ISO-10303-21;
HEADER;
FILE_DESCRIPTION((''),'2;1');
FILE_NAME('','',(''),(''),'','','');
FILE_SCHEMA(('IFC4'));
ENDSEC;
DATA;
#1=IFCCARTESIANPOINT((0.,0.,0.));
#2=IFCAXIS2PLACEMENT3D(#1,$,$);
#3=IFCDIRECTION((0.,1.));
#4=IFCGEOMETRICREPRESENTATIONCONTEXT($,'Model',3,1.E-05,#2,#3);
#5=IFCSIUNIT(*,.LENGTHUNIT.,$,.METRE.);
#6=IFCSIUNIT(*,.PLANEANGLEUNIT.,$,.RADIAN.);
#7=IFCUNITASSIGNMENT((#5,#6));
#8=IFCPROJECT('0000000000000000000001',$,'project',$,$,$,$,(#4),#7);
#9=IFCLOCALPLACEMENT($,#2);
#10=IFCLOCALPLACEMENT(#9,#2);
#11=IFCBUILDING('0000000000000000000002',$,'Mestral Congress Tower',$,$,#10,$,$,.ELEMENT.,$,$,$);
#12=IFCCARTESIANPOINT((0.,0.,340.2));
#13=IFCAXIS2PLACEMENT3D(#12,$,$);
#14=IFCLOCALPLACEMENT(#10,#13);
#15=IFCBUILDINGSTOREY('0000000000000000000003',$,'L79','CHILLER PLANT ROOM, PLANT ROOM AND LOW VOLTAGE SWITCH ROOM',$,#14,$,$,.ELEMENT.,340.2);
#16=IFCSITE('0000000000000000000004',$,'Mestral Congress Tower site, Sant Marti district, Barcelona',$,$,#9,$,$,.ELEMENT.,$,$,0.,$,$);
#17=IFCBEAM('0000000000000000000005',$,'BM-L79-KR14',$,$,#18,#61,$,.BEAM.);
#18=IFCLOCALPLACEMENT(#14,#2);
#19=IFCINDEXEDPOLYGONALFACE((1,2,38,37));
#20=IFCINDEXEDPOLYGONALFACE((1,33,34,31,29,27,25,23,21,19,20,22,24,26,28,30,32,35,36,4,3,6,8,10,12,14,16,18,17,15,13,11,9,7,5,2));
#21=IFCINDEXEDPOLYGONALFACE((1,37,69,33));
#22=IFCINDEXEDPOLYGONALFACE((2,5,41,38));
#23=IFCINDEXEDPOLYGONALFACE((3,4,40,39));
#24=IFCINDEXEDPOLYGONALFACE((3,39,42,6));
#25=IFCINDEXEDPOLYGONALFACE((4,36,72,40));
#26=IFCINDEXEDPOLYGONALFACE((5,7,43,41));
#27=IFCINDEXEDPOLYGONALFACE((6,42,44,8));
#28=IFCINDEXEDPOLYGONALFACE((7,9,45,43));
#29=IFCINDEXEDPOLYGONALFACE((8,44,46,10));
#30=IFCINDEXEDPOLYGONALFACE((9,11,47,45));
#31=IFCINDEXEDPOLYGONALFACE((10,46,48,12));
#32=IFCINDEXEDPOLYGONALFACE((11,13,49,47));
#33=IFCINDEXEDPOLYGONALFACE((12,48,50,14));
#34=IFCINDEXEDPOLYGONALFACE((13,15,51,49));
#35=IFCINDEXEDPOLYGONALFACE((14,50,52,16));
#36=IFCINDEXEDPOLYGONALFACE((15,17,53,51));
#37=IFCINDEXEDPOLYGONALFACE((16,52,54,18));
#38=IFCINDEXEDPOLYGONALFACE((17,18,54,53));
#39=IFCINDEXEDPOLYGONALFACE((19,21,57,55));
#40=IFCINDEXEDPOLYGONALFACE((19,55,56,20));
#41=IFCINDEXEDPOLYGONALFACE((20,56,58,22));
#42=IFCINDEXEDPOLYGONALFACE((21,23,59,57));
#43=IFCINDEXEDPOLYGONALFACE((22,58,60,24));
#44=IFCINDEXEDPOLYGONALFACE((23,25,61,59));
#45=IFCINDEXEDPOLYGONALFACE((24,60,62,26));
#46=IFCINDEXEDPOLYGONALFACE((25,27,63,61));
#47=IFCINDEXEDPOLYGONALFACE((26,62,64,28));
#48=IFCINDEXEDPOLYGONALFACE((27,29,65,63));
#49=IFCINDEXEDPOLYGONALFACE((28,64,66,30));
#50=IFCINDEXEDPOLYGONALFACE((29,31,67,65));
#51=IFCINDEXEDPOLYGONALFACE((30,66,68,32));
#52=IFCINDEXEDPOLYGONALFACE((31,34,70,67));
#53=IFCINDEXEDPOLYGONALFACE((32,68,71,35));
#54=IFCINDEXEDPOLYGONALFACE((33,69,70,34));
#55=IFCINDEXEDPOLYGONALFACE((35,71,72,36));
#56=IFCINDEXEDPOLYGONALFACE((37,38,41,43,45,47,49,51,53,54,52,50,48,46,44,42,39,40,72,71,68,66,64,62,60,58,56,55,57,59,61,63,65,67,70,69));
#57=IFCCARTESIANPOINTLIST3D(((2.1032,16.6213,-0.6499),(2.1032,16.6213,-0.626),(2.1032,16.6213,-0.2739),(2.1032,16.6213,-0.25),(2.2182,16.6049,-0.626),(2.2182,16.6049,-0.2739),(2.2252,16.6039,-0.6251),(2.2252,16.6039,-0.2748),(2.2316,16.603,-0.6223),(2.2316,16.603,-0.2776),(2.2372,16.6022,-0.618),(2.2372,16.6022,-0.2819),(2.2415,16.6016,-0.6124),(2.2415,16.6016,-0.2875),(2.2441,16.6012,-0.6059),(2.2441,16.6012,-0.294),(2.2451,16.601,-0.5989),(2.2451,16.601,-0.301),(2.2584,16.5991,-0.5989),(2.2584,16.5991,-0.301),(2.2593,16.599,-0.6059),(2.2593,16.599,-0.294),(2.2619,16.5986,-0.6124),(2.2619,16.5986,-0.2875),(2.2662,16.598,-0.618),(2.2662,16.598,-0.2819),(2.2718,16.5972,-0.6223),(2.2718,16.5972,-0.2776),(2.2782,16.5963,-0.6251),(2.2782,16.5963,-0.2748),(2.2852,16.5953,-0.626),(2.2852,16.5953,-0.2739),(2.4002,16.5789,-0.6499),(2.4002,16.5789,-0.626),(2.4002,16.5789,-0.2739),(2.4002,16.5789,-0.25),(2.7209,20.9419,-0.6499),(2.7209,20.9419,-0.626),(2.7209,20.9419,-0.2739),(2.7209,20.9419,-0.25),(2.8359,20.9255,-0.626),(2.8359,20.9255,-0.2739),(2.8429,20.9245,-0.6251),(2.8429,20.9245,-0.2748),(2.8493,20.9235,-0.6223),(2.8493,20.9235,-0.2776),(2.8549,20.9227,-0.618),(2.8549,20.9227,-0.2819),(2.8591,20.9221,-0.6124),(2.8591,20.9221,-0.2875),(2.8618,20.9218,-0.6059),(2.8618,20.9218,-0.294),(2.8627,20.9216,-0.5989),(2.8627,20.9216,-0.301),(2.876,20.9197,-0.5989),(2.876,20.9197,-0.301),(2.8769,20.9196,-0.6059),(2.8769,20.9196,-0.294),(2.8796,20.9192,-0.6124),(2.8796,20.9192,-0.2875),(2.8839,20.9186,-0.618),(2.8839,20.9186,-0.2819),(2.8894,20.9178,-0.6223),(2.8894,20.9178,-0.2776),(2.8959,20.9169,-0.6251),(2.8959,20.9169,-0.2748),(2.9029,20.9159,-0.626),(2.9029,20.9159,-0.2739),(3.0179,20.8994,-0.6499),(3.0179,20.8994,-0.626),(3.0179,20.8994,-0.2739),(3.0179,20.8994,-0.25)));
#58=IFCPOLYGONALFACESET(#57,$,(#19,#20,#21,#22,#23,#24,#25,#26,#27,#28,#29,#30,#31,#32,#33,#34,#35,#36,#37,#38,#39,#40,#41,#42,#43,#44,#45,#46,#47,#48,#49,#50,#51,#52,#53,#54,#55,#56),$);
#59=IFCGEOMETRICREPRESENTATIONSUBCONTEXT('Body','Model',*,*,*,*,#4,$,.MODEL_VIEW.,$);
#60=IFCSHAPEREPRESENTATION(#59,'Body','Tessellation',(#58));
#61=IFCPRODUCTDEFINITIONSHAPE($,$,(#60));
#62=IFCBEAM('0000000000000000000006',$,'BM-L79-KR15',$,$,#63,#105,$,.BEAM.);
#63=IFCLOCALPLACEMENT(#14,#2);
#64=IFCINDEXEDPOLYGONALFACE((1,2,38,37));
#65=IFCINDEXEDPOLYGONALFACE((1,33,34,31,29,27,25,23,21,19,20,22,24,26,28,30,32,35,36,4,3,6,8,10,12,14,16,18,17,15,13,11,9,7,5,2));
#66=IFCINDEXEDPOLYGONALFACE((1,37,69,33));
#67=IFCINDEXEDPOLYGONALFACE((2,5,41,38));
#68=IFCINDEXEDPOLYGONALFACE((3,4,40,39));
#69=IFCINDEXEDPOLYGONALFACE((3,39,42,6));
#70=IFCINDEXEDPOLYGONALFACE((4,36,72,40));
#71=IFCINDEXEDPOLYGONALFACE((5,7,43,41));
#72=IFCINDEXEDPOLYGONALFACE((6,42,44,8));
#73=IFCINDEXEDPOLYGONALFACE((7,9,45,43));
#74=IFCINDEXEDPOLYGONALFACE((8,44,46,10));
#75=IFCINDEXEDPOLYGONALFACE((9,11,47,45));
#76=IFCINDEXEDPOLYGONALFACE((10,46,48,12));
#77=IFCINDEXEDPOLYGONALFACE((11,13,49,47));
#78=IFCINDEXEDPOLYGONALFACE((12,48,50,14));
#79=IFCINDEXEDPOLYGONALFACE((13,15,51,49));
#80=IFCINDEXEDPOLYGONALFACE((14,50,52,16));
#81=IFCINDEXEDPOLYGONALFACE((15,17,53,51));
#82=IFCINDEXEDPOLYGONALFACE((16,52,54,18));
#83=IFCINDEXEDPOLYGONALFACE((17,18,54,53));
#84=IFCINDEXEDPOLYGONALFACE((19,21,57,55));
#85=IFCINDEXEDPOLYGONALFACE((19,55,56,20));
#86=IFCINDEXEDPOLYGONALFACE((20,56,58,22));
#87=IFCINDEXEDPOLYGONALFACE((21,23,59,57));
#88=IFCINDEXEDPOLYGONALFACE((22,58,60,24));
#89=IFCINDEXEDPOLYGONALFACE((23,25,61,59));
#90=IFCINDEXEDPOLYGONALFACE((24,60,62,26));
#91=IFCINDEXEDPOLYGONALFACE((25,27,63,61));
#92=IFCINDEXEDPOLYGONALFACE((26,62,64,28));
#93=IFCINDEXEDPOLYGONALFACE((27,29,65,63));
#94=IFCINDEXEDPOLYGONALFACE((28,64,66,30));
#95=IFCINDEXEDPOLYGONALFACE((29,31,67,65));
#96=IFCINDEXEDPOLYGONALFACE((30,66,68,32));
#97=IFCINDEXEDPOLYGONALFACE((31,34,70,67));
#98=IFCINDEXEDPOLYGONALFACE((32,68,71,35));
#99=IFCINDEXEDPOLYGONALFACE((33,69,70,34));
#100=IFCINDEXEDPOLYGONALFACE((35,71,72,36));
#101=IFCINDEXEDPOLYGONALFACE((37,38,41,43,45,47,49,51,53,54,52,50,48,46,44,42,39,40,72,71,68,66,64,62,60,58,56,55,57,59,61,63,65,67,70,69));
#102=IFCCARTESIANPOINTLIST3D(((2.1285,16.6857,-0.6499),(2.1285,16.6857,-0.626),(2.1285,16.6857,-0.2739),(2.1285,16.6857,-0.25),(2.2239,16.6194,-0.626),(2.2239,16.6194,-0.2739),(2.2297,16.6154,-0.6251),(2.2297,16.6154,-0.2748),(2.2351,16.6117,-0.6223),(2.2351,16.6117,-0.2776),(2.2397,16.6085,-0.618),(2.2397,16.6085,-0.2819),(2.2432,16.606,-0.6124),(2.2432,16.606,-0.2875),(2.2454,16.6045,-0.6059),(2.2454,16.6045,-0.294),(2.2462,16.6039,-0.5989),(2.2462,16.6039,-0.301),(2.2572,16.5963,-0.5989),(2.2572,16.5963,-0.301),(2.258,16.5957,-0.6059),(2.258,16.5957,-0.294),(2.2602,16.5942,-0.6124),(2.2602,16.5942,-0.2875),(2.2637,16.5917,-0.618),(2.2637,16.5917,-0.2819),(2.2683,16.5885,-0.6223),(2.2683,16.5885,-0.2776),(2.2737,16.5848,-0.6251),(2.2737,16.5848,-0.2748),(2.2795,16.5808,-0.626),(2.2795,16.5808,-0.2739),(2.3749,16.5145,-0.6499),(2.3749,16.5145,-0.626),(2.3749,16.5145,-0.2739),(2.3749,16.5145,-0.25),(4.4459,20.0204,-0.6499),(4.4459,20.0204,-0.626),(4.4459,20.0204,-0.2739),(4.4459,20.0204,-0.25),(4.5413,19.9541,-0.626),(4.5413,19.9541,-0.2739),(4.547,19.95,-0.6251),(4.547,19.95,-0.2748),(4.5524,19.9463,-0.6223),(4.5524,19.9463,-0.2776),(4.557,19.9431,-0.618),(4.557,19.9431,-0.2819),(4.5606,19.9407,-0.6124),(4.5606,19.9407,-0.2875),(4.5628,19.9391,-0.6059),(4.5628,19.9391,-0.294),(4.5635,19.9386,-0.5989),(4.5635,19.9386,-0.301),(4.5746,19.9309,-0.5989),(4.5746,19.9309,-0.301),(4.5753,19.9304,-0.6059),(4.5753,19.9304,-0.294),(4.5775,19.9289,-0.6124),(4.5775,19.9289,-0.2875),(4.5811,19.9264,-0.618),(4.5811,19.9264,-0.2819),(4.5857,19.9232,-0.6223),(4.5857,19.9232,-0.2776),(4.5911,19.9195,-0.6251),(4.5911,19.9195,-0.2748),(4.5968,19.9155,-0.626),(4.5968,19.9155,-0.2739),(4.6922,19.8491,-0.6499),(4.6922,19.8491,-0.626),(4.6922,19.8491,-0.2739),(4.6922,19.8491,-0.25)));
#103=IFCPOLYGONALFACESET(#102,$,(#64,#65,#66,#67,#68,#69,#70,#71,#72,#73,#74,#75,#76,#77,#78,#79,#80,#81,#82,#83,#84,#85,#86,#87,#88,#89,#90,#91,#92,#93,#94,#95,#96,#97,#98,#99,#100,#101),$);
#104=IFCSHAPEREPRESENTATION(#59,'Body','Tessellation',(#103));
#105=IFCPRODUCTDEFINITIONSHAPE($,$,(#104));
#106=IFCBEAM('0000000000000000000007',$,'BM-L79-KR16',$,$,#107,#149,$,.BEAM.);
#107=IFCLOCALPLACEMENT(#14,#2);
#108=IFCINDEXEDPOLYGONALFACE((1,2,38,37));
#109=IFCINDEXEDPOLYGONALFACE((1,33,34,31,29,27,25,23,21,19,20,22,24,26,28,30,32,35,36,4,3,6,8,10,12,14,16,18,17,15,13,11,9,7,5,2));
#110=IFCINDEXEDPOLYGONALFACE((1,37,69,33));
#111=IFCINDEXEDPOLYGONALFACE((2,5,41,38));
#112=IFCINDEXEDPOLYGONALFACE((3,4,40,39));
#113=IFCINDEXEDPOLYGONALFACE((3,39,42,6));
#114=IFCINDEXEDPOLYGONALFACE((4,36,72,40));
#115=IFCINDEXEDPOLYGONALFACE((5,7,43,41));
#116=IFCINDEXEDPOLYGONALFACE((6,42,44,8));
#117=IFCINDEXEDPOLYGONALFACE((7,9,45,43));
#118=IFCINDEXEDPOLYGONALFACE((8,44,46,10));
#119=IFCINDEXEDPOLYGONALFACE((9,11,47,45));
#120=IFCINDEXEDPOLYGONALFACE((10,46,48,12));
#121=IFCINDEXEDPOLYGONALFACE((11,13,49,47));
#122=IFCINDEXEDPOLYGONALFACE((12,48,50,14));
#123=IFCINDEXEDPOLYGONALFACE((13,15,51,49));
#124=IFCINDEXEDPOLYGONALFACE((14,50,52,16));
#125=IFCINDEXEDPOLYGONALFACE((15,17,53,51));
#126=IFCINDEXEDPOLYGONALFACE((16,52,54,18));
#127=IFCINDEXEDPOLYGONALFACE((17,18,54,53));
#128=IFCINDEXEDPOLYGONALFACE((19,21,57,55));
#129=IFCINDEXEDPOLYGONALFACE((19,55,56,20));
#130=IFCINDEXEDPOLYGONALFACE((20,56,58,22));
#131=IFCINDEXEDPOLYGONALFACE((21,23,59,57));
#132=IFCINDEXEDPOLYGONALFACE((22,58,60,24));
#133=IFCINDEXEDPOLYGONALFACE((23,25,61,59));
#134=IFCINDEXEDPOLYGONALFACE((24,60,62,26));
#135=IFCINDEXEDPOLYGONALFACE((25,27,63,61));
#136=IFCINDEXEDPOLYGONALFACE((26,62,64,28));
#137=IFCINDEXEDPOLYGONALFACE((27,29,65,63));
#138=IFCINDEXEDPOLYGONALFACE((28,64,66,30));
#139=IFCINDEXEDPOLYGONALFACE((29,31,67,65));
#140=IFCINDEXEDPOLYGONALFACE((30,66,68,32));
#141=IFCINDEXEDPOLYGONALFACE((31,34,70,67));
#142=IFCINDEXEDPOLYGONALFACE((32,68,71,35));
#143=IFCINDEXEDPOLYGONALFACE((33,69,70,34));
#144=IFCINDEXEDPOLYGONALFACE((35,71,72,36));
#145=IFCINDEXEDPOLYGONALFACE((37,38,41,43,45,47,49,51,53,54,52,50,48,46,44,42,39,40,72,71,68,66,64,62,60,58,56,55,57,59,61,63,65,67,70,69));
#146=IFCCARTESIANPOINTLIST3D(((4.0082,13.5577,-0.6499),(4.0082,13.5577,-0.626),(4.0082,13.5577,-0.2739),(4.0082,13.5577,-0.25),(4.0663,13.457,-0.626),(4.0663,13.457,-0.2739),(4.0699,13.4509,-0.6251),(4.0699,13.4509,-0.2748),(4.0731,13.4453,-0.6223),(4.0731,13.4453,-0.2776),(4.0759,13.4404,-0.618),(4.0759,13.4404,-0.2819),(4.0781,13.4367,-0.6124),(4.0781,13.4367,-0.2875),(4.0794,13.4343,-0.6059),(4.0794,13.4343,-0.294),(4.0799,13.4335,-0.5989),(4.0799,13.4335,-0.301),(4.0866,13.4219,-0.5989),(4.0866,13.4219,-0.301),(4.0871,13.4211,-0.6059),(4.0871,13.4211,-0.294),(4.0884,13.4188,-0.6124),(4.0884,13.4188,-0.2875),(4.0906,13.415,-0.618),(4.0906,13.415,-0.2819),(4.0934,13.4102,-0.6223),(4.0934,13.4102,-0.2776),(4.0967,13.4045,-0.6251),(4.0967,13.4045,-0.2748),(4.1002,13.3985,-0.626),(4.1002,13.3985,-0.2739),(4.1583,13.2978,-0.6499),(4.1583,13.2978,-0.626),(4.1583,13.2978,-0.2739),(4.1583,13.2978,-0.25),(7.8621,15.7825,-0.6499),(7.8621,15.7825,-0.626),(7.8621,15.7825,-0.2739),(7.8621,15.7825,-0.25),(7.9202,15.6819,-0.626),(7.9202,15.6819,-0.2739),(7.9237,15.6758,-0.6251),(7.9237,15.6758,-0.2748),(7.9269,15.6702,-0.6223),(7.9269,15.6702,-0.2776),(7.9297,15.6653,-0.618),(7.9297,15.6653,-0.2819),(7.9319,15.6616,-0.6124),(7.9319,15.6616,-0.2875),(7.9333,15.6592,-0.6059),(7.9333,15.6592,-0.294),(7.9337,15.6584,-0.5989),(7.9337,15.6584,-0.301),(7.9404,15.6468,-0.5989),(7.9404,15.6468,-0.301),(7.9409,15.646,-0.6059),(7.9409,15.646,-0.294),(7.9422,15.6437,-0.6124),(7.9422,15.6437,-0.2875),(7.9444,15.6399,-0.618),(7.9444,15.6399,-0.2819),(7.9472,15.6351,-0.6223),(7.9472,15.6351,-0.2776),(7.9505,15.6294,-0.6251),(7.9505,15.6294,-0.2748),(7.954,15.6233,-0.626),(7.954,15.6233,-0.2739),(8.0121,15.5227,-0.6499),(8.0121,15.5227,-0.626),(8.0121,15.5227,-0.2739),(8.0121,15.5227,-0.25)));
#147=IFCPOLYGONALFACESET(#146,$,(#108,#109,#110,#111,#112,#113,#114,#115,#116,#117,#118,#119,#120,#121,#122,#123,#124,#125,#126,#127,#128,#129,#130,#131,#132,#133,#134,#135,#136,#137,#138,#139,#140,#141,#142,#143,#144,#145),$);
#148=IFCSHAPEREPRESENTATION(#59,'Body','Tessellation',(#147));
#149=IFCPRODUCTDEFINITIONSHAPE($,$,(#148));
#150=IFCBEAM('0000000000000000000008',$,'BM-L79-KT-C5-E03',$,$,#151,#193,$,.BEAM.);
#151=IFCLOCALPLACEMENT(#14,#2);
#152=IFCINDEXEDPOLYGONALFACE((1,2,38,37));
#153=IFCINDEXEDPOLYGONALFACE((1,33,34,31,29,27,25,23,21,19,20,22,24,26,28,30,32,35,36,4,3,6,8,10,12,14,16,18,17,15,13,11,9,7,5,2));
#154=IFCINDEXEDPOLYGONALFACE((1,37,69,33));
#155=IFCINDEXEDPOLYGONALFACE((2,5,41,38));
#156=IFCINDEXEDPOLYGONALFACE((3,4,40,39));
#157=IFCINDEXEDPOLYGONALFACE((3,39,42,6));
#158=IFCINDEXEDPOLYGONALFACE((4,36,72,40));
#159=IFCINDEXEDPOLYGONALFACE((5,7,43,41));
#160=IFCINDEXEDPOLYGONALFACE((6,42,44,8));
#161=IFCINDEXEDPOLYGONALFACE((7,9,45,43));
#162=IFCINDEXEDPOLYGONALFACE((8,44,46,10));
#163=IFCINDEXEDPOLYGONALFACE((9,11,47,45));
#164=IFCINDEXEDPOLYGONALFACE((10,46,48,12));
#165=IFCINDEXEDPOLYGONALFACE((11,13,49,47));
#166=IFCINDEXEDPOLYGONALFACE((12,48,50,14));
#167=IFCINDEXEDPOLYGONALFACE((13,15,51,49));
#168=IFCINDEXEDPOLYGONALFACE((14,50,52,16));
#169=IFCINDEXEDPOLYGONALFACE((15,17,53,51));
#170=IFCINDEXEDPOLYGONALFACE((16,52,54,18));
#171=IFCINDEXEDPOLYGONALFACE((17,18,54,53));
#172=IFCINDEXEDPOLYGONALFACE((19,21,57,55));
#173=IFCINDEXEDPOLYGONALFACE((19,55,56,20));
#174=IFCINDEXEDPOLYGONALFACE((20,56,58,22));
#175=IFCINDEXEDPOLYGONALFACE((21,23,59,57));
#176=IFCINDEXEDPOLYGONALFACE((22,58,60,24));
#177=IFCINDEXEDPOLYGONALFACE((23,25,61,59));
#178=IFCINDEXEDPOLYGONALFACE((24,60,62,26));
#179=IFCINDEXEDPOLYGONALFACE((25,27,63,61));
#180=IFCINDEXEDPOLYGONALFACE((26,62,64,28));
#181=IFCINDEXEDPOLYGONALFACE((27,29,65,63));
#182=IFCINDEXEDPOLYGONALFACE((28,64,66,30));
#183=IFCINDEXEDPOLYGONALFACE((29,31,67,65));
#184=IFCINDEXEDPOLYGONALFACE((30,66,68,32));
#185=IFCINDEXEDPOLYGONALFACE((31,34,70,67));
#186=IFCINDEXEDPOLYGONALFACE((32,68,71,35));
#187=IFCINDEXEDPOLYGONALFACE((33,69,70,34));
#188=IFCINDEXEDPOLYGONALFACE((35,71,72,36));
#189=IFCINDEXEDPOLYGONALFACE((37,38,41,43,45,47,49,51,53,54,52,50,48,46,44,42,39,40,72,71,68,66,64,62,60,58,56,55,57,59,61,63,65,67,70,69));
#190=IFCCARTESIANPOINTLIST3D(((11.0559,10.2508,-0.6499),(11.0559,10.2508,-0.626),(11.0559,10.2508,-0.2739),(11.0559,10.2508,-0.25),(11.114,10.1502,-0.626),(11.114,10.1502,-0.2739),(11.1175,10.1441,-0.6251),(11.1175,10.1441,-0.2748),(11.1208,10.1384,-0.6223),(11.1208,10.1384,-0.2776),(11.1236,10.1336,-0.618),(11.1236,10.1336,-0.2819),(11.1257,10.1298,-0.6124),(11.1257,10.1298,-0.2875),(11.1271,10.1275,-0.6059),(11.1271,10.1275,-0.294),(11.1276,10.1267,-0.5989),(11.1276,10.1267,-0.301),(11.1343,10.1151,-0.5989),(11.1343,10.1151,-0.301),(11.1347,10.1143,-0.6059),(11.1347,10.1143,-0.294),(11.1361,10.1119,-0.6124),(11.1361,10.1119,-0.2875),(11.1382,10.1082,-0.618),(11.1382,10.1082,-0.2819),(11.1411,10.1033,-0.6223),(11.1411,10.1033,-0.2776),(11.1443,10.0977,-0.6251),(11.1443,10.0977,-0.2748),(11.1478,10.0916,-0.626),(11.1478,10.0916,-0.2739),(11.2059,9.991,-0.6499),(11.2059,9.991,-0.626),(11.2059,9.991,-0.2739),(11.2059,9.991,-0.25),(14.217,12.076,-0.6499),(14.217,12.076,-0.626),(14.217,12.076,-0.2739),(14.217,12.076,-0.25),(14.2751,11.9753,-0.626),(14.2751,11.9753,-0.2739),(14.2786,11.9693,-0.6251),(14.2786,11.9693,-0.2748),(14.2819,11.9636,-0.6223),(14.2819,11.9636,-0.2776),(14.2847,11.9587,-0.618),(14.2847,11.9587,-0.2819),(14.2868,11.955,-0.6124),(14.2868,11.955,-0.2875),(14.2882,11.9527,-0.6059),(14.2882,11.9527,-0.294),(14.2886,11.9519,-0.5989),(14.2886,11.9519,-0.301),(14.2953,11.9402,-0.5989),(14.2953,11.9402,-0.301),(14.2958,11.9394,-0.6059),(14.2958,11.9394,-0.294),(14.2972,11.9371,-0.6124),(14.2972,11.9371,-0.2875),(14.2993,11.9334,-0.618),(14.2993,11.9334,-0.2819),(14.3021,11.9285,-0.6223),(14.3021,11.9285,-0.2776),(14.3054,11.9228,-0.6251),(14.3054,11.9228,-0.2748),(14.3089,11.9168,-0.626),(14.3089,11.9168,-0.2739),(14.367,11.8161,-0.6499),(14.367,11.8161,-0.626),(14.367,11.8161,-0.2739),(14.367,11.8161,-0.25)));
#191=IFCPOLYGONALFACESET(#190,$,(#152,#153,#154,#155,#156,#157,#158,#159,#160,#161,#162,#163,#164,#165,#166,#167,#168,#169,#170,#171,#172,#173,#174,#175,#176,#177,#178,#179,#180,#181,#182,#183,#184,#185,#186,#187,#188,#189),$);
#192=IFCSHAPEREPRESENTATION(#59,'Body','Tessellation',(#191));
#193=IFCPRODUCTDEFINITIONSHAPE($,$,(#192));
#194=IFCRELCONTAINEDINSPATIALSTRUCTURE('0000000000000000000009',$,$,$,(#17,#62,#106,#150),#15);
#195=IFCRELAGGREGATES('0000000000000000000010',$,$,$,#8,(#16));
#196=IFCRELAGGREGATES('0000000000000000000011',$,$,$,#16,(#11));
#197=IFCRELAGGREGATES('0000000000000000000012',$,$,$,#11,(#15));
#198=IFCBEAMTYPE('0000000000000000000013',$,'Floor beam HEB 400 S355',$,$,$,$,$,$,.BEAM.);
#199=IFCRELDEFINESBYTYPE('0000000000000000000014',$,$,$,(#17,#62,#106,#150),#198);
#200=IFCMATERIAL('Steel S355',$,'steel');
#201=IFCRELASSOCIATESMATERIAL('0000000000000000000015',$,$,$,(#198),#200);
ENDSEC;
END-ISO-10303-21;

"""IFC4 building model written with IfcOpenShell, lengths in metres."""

from ifc_helpers import new_model, si_unit, direction, frame, origin, origin_2d, place, context, subcontext, project, spatial, i_section, extrude, material, material_profile, profile_set, type_object, element, save


model = new_model("IFC4")

# Units and contexts
model_context = context("Model", 3, precision=1e-05, world=origin(), true_north=direction((0.0, 1.0)))
body_context = subcontext(model_context, "Body", "Model", "MODEL_VIEW")
ifc_project = project(units=[si_unit("LENGTHUNIT", "METRE"), si_unit("PLANEANGLEUNIT", "RADIAN")], contexts=[model_context])

# Site, building, storey
site_placement = place(None, origin())
site = spatial("IfcSite", under=ifc_project, at=site_placement, Name="Mestral Congress Tower site, Sant Marti district, Barcelona", CompositionType="ELEMENT", RefElevation=0.0)
building_placement = place(site_placement, origin())
building = spatial("IfcBuilding", under=site, at=building_placement, Name="Mestral Congress Tower", CompositionType="ELEMENT")
storey_placement = place(building_placement, frame((0.0, 0.0, 340.2)))
storey = spatial("IfcBuildingStorey", under=building, at=storey_placement, Name="L79", Description="CHILLER PLANT ROOM, PLANT ROOM AND LOW VOLTAGE SWITCH ROOM", CompositionType="ELEMENT", Elevation=340.2)

# Shared definitions
ifc_material_1 = material(Name="Steel S355", Category="steel")

# Beams
ifc_material_profile_1 = material_profile(ifc_material_1, i_section(OverallWidth=0.3, OverallDepth=0.3999, WebThickness=0.0134, FlangeThickness=0.0239, FilletRadius=0.0271, at=origin_2d()), Name="HEB 400")
ifc_profile_set_1 = profile_set([ifc_material_profile_1], Name="Steel S355")
beam_type_1 = type_object("IfcBeamType", Name="Floor beam HEB 400 S355", PredefinedType="BEAM", material=ifc_profile_set_1)
beam_1_placement = place(storey_placement, frame((2.2517, 16.6001, -0.45), z_axis=(0.141523, 0.989935, 0.0), x_axis=(-0.989935, 0.141523, 0.0)))
element("IfcBeam", 1, at=beam_1_placement, inside=storey, type_object=beam_type_1, Name="BM-L79-KR14", PredefinedType="BEAM", context=body_context, shape_type="SweptSolid", body=[
    extrude(i_section(OverallWidth=0.3, OverallDepth=0.3999, WebThickness=0.0134, FlangeThickness=0.0239, FilletRadius=0.0271, at=origin_2d()), origin(), (0.0, 0.0, 1.0), 4.3645),
])
beam_2_placement = place(storey_placement, frame((2.2517, 16.6001, -0.45), z_axis=(0.570663, 0.821184, 0.0), x_axis=(-0.821184, 0.570663, 0.0)))
element("IfcBeam", 2, at=beam_2_placement, inside=storey, type_object=beam_type_1, Name="BM-L79-KR15", PredefinedType="BEAM", context=body_context, shape_type="SweptSolid", body=[
    extrude(i_section(OverallWidth=0.3, OverallDepth=0.3999, WebThickness=0.0134, FlangeThickness=0.0239, FilletRadius=0.0271, at=origin_2d()), origin(), (0.0, 0.0, 1.0), 4.0608),
])
beam_3_placement = place(storey_placement, frame((4.0833, 13.4277, -0.45), z_axis=(0.866037, 0.49998, 0.0), x_axis=(-0.49998, 0.866037, 0.0)))
element("IfcBeam", 3, at=beam_3_placement, inside=storey, type_object=beam_type_1, Name="BM-L79-KR16", PredefinedType="BEAM", context=body_context, shape_type="SweptSolid", body=[
    extrude(i_section(OverallWidth=0.3, OverallDepth=0.3999, WebThickness=0.0134, FlangeThickness=0.0239, FilletRadius=0.0271, at=origin_2d()), origin(), (0.0, 0.0, 1.0), 4.45),
])
beam_4_placement = place(storey_placement, frame((14.292, 11.946, -0.45), z_axis=(-0.866012, -0.500024, 0.0), x_axis=(0.500024, -0.866012, 0.0)))
element("IfcBeam", 4, at=beam_4_placement, inside=storey, type_object=beam_type_1, Name="BM-L79-KT-C5-E03", PredefinedType="BEAM", context=body_context, shape_type="SweptSolid", body=[
    extrude(i_section(OverallWidth=0.3, OverallDepth=0.3999, WebThickness=0.0134, FlangeThickness=0.0239, FilletRadius=0.0271, at=origin_2d()), origin(), (0.0, 0.0, 1.0), 3.6501),
])

save(model, "model.ifc")
